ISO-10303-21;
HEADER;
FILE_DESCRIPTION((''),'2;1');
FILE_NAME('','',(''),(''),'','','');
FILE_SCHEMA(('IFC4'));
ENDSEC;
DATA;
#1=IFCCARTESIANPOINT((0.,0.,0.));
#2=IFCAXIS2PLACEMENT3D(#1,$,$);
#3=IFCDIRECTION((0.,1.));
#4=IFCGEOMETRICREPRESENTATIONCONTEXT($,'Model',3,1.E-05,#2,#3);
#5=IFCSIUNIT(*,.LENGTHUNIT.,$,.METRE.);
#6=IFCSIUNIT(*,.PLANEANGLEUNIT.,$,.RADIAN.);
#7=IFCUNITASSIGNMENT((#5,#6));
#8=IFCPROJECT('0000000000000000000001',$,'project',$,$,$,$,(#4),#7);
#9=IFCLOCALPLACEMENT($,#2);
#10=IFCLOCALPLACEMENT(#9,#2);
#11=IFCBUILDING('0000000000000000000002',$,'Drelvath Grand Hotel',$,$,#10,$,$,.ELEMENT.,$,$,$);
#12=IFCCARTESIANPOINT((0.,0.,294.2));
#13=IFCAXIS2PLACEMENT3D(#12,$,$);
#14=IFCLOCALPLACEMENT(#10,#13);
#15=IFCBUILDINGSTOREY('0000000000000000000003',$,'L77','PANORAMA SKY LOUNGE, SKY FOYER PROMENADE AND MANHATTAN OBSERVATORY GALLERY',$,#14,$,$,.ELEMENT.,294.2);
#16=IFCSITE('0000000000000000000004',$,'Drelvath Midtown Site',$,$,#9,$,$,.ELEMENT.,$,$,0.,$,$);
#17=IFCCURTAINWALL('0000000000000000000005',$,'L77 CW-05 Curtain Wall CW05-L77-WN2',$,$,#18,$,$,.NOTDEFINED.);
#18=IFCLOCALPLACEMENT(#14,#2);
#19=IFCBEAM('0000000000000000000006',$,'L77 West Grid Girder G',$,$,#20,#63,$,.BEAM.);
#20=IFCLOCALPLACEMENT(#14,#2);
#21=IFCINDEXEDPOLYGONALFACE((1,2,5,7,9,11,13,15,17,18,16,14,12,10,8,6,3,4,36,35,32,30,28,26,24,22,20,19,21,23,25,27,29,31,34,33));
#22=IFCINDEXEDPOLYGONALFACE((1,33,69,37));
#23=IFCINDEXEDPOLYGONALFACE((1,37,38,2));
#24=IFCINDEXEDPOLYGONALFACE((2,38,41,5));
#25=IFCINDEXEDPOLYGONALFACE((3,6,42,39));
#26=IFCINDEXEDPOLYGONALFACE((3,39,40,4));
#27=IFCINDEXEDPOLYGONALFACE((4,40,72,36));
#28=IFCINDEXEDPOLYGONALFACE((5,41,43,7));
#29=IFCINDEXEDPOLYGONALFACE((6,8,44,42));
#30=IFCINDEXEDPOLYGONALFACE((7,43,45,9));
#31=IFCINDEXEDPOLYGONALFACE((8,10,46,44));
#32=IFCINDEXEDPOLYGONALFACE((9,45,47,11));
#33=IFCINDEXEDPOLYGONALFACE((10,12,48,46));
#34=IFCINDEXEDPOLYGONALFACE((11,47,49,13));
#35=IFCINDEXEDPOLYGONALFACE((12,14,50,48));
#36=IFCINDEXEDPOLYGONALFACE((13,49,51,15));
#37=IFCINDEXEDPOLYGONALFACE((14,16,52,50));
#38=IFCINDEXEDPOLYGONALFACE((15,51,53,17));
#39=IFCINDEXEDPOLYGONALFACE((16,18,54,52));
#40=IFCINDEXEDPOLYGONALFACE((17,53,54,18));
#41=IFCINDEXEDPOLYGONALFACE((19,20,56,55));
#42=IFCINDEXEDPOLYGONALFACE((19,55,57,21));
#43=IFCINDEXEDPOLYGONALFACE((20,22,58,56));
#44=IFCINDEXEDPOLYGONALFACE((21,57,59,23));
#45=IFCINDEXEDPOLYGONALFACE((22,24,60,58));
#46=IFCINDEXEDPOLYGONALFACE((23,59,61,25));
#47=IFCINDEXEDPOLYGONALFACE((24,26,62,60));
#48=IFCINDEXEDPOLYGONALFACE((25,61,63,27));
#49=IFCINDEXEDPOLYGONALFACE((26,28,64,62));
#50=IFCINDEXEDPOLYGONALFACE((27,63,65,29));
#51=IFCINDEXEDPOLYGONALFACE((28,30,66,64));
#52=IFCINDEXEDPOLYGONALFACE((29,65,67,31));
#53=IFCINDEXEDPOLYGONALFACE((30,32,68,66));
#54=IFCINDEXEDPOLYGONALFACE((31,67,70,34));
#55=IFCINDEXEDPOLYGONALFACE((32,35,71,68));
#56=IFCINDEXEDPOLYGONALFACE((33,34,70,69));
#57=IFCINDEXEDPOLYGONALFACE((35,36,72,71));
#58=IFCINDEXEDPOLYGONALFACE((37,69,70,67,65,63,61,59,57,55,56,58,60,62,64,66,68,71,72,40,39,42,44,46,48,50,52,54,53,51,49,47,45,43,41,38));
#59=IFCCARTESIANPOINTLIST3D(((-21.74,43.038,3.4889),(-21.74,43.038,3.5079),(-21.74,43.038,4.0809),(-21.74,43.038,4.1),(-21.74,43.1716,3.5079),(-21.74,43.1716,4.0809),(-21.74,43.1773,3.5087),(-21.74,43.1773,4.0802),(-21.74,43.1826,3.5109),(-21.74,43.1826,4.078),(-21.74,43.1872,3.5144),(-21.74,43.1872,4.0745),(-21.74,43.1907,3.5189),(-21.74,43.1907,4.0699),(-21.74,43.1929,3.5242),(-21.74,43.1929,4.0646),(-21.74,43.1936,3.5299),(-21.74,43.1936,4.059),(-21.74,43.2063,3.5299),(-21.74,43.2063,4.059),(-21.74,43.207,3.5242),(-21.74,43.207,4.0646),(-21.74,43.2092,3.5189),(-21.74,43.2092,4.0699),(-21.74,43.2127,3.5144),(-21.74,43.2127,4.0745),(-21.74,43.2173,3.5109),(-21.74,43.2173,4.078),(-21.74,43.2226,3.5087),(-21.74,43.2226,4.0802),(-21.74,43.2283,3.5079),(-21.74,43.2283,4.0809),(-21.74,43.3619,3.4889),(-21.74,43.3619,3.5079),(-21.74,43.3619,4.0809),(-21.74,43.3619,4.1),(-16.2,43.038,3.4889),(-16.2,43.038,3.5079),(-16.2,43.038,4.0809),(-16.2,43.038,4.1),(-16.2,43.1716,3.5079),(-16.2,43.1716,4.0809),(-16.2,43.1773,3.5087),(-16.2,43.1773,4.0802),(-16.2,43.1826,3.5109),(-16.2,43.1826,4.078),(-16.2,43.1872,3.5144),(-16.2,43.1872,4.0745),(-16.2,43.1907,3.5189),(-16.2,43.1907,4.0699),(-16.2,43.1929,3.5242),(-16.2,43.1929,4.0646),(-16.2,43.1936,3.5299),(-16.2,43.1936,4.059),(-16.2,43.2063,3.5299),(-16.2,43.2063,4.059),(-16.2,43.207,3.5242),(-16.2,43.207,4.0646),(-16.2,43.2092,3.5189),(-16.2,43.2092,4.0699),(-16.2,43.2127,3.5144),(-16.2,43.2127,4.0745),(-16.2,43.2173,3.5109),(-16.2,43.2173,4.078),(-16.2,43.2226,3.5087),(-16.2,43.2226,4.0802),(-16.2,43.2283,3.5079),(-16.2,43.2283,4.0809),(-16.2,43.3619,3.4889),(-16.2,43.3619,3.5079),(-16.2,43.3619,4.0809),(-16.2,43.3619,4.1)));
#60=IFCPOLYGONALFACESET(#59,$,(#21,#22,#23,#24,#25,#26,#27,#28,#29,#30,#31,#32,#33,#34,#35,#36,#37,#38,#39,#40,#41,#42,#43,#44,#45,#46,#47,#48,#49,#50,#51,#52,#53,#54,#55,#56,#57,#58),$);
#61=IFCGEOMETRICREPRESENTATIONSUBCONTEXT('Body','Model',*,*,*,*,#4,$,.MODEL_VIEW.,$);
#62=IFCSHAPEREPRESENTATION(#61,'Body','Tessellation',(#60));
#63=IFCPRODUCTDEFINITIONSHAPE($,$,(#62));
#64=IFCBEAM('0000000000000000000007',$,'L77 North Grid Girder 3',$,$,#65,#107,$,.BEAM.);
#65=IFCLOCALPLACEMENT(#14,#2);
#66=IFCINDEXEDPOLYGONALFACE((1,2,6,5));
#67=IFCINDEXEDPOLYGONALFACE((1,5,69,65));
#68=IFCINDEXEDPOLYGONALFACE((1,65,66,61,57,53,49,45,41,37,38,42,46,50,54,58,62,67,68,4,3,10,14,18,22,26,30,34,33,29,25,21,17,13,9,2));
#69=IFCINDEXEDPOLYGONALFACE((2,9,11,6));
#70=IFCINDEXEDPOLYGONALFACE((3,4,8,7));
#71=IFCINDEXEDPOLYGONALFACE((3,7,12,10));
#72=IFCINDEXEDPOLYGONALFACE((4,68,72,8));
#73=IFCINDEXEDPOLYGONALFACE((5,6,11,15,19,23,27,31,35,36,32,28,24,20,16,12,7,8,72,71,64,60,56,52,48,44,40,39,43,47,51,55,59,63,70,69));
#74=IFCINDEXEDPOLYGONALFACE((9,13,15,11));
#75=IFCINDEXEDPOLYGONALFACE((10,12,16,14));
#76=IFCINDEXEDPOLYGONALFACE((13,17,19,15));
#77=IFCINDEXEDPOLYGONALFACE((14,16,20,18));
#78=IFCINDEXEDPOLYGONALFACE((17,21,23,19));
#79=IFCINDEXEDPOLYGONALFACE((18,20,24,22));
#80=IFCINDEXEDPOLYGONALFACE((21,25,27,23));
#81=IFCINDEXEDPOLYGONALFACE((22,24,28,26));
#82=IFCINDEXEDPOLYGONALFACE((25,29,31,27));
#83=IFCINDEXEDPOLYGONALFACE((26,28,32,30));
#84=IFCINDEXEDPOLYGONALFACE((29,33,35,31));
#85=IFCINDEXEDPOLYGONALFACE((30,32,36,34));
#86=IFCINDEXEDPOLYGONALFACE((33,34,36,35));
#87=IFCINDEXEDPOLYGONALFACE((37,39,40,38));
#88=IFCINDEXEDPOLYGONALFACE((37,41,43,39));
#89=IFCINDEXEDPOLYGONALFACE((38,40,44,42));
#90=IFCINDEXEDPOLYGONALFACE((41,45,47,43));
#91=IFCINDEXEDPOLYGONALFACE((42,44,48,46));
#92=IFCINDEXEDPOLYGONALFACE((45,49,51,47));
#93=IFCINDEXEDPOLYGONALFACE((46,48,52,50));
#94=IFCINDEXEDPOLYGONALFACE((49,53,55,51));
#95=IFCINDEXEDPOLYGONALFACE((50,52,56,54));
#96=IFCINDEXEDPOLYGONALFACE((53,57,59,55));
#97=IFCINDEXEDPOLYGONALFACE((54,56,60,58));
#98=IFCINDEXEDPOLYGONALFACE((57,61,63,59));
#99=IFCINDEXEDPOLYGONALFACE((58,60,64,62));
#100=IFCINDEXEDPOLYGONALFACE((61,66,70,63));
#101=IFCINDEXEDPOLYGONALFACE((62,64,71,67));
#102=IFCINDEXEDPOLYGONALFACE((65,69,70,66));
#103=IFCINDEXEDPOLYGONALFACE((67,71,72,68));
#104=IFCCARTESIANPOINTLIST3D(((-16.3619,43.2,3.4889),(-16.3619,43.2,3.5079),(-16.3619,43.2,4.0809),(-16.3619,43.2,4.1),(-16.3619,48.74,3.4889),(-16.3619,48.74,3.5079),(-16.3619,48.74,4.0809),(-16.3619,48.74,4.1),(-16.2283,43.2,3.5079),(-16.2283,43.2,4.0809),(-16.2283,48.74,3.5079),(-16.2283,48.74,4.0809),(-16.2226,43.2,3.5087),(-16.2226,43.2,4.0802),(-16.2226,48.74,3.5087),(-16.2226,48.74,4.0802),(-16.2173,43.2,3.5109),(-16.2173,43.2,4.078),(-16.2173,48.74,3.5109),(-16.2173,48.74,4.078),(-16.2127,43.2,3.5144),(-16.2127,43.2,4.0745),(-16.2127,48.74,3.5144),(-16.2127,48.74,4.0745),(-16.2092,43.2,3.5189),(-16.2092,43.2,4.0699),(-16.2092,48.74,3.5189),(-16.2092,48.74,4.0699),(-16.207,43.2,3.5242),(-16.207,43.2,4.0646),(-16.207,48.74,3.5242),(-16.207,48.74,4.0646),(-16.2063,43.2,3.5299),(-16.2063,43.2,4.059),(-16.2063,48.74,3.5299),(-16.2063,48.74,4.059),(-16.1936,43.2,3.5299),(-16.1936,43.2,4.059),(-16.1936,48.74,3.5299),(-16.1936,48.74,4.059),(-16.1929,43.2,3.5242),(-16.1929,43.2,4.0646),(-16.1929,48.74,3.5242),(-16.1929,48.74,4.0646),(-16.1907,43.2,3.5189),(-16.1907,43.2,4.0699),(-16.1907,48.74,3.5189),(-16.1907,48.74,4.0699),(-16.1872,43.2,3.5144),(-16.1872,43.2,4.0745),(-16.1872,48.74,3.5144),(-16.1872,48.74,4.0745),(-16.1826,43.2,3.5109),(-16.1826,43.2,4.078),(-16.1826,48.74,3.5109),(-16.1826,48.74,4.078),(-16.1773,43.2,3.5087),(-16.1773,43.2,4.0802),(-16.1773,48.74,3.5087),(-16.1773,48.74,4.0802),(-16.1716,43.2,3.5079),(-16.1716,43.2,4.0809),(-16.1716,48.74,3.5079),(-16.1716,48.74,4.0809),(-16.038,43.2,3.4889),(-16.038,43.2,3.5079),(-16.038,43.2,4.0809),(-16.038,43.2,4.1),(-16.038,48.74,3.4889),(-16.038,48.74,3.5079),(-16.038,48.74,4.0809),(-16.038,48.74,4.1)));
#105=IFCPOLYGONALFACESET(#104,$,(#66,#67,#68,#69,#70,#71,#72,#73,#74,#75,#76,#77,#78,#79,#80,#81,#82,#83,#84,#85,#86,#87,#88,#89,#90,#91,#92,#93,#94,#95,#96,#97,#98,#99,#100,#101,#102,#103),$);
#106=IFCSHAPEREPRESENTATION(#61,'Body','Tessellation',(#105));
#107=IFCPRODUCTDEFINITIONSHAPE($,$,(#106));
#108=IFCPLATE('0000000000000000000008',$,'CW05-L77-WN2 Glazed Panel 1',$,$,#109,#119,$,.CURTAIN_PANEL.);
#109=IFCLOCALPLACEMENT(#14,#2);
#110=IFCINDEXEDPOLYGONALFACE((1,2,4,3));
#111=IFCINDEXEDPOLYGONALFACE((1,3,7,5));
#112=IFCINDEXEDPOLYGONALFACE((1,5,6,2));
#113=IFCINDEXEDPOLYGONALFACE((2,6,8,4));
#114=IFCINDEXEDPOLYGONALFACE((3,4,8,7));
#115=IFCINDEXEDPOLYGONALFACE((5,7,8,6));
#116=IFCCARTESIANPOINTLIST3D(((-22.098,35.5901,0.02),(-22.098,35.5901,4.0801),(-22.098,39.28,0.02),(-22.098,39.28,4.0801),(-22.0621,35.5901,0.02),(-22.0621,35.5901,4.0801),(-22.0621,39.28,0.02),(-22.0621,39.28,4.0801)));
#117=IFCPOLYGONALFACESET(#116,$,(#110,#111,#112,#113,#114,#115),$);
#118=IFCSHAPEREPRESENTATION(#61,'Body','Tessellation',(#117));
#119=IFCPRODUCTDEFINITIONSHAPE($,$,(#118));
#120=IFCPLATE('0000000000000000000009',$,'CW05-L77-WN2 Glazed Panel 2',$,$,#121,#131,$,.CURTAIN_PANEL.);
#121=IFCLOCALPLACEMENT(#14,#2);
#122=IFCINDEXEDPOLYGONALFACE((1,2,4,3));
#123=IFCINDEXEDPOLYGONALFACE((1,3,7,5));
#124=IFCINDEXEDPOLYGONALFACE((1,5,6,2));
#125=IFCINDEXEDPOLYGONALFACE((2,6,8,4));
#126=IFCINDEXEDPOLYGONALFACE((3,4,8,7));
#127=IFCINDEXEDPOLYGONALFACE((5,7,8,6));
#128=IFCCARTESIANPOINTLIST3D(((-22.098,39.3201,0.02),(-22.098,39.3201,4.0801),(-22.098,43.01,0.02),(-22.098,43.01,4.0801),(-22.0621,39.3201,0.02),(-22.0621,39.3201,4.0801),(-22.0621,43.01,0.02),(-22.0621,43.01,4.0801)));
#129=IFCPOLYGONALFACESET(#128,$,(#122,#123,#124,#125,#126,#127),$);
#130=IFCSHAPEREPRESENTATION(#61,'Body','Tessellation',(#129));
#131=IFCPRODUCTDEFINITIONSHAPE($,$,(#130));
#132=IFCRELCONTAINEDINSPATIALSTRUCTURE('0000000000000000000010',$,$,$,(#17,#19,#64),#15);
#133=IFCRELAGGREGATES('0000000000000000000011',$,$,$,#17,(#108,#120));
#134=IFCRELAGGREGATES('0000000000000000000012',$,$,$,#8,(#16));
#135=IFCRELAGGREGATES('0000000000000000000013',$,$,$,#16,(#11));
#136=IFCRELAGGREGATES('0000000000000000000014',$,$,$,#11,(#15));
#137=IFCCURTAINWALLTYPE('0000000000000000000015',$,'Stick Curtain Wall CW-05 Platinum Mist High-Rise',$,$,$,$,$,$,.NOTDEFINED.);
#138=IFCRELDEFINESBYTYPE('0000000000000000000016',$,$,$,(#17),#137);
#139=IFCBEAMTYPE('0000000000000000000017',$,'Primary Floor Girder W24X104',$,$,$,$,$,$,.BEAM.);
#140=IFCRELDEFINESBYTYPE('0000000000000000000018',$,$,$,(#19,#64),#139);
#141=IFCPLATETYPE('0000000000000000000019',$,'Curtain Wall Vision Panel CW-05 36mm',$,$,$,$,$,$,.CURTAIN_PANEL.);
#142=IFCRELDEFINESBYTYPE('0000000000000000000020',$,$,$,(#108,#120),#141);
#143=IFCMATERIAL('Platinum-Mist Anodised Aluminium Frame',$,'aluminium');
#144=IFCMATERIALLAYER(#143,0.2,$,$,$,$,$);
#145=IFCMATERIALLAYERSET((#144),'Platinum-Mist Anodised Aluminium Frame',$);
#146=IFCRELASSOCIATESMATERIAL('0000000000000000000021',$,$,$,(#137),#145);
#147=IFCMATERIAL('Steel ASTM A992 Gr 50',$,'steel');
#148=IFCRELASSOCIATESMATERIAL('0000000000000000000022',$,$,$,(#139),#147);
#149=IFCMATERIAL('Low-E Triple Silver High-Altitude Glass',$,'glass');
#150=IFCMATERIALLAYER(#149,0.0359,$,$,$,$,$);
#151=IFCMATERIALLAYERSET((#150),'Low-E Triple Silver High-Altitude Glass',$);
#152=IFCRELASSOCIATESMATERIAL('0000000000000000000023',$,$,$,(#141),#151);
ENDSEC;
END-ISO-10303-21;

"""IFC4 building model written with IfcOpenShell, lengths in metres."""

from ifc_helpers import new_model, si_unit, direction, frame, origin, origin_2d, place, context, subcontext, project, spatial, rectangle, i_section, extrude, material, layer, layer_set, material_profile, profile_set, type_object, element, aggregate, save


model = new_model("IFC4")

# Units and contexts
model_context = context("Model", 3, precision=1e-05, world=origin(), true_north=direction((0.0, 1.0)))
body_context = subcontext(model_context, "Body", "Model", "MODEL_VIEW")
ifc_project = project(units=[si_unit("LENGTHUNIT", "METRE"), si_unit("PLANEANGLEUNIT", "RADIAN")], contexts=[model_context])

# Site, building, storey
site_placement = place(None, origin())
site = spatial("IfcSite", under=ifc_project, at=site_placement, Name="Drelvath Midtown Site", CompositionType="ELEMENT", RefElevation=0.0)
building_placement = place(site_placement, origin())
building = spatial("IfcBuilding", under=site, at=building_placement, Name="Drelvath Grand Hotel", CompositionType="ELEMENT")
storey_placement = place(building_placement, frame((0.0, 0.0, 294.2)))
storey = spatial("IfcBuildingStorey", under=building, at=storey_placement, Name="L77", Description="PANORAMA SKY LOUNGE, SKY FOYER PROMENADE AND MANHATTAN OBSERVATORY GALLERY", CompositionType="ELEMENT", Elevation=294.2)

# Shared definitions
ifc_material_1 = material(Name="Steel ASTM A992 Gr 50", Category="steel")

# Curtain wall
ifc_material_2 = material(Name="Platinum-Mist Anodised Aluminium Frame", Category="aluminium")
ifc_layer_1 = layer(ifc_material_2, 0.2)
ifc_layer_set_1 = layer_set([ifc_layer_1], Name="Platinum-Mist Anodised Aluminium Frame")
curtain_wall_type = type_object("IfcCurtainWallType", Name="Stick Curtain Wall CW-05 Platinum Mist High-Rise", PredefinedType="NOTDEFINED", material=ifc_layer_set_1)
curtain_wall_1_placement = place(storey_placement, origin())
curtain_wall_1 = element("IfcCurtainWall", 1, at=curtain_wall_1_placement, inside=storey, type_object=curtain_wall_type, Name="L77 CW-05 Curtain Wall CW05-L77-WN2", PredefinedType="NOTDEFINED")

# Beams
ifc_material_profile_1 = material_profile(ifc_material_1, i_section(OverallWidth=0.324, OverallDepth=0.6111, WebThickness=0.0127, FlangeThickness=0.019, FilletRadius=0.022, at=origin_2d()), Name="W24X104")
ifc_profile_set_1 = profile_set([ifc_material_profile_1], Name="Steel ASTM A992 Gr 50")
beam_type_1 = type_object("IfcBeamType", Name="Primary Floor Girder W24X104", PredefinedType="BEAM", material=ifc_profile_set_1)
for number, where, z_axis, x_axis, name in (
    (2, (-21.74, 43.2, 3.7944), (1.0, 0.0, 0.0), (0.0, 1.0, 0.0), "L77 West Grid Girder G"),
    (3, (-16.2, 43.2, 3.7944), (0.0, 1.0, 0.0), (-1.0, 0.0, 0.0), "L77 North Grid Girder 3"),
):
    element("IfcBeam", number, at=place(storey_placement, frame(where, z_axis=z_axis, x_axis=x_axis)), inside=storey, type_object=beam_type_1, Name=name, PredefinedType="BEAM", context=body_context, shape_type="SweptSolid", body=[
        extrude(i_section(OverallWidth=0.324, OverallDepth=0.6111, WebThickness=0.0127, FlangeThickness=0.019, FilletRadius=0.022, at=origin_2d()), origin(), (0.0, 0.0, 1.0), 5.54),
    ])

# Plates
ifc_material_3 = material(Name="Low-E Triple Silver High-Altitude Glass", Category="glass")
ifc_layer_2 = layer(ifc_material_3, 0.0359)
ifc_layer_set_2 = layer_set([ifc_layer_2], Name="Low-E Triple Silver High-Altitude Glass")
plate_type = type_object("IfcPlateType", Name="Curtain Wall Vision Panel CW-05 36mm", PredefinedType="CURTAIN_PANEL", material=ifc_layer_set_2)
plate_1_placement = place(storey_placement, frame((-22.0801, 37.4351, 0.02), z_axis=(0.0, 0.0, 1.0), x_axis=(0.0, 1.0, 0.0)))
plate_1 = element("IfcPlate", 4, at=plate_1_placement, type_object=plate_type, Name="CW05-L77-WN2 Glazed Panel 1", PredefinedType="CURTAIN_PANEL", context=body_context, shape_type="SweptSolid", body=[
    extrude(rectangle(XDim=3.6899, YDim=0.0359, at=origin_2d()), origin(), (0.0, 0.0, 1.0), 4.0601),
])
plate_2_placement = place(storey_placement, frame((-22.0801, 41.165, 0.02), z_axis=(0.0, 0.0, 1.0), x_axis=(0.0, 1.0, 0.0)))
plate_2 = element("IfcPlate", 5, at=plate_2_placement, type_object=plate_type, Name="CW05-L77-WN2 Glazed Panel 2", PredefinedType="CURTAIN_PANEL", context=body_context, shape_type="SweptSolid", body=[
    extrude(rectangle(XDim=3.6899, YDim=0.0359, at=origin_2d()), origin(), (0.0, 0.0, 1.0), 4.0601),
])
aggregate(curtain_wall_1, [plate_1, plate_2])

save(model, "model.ifc")
